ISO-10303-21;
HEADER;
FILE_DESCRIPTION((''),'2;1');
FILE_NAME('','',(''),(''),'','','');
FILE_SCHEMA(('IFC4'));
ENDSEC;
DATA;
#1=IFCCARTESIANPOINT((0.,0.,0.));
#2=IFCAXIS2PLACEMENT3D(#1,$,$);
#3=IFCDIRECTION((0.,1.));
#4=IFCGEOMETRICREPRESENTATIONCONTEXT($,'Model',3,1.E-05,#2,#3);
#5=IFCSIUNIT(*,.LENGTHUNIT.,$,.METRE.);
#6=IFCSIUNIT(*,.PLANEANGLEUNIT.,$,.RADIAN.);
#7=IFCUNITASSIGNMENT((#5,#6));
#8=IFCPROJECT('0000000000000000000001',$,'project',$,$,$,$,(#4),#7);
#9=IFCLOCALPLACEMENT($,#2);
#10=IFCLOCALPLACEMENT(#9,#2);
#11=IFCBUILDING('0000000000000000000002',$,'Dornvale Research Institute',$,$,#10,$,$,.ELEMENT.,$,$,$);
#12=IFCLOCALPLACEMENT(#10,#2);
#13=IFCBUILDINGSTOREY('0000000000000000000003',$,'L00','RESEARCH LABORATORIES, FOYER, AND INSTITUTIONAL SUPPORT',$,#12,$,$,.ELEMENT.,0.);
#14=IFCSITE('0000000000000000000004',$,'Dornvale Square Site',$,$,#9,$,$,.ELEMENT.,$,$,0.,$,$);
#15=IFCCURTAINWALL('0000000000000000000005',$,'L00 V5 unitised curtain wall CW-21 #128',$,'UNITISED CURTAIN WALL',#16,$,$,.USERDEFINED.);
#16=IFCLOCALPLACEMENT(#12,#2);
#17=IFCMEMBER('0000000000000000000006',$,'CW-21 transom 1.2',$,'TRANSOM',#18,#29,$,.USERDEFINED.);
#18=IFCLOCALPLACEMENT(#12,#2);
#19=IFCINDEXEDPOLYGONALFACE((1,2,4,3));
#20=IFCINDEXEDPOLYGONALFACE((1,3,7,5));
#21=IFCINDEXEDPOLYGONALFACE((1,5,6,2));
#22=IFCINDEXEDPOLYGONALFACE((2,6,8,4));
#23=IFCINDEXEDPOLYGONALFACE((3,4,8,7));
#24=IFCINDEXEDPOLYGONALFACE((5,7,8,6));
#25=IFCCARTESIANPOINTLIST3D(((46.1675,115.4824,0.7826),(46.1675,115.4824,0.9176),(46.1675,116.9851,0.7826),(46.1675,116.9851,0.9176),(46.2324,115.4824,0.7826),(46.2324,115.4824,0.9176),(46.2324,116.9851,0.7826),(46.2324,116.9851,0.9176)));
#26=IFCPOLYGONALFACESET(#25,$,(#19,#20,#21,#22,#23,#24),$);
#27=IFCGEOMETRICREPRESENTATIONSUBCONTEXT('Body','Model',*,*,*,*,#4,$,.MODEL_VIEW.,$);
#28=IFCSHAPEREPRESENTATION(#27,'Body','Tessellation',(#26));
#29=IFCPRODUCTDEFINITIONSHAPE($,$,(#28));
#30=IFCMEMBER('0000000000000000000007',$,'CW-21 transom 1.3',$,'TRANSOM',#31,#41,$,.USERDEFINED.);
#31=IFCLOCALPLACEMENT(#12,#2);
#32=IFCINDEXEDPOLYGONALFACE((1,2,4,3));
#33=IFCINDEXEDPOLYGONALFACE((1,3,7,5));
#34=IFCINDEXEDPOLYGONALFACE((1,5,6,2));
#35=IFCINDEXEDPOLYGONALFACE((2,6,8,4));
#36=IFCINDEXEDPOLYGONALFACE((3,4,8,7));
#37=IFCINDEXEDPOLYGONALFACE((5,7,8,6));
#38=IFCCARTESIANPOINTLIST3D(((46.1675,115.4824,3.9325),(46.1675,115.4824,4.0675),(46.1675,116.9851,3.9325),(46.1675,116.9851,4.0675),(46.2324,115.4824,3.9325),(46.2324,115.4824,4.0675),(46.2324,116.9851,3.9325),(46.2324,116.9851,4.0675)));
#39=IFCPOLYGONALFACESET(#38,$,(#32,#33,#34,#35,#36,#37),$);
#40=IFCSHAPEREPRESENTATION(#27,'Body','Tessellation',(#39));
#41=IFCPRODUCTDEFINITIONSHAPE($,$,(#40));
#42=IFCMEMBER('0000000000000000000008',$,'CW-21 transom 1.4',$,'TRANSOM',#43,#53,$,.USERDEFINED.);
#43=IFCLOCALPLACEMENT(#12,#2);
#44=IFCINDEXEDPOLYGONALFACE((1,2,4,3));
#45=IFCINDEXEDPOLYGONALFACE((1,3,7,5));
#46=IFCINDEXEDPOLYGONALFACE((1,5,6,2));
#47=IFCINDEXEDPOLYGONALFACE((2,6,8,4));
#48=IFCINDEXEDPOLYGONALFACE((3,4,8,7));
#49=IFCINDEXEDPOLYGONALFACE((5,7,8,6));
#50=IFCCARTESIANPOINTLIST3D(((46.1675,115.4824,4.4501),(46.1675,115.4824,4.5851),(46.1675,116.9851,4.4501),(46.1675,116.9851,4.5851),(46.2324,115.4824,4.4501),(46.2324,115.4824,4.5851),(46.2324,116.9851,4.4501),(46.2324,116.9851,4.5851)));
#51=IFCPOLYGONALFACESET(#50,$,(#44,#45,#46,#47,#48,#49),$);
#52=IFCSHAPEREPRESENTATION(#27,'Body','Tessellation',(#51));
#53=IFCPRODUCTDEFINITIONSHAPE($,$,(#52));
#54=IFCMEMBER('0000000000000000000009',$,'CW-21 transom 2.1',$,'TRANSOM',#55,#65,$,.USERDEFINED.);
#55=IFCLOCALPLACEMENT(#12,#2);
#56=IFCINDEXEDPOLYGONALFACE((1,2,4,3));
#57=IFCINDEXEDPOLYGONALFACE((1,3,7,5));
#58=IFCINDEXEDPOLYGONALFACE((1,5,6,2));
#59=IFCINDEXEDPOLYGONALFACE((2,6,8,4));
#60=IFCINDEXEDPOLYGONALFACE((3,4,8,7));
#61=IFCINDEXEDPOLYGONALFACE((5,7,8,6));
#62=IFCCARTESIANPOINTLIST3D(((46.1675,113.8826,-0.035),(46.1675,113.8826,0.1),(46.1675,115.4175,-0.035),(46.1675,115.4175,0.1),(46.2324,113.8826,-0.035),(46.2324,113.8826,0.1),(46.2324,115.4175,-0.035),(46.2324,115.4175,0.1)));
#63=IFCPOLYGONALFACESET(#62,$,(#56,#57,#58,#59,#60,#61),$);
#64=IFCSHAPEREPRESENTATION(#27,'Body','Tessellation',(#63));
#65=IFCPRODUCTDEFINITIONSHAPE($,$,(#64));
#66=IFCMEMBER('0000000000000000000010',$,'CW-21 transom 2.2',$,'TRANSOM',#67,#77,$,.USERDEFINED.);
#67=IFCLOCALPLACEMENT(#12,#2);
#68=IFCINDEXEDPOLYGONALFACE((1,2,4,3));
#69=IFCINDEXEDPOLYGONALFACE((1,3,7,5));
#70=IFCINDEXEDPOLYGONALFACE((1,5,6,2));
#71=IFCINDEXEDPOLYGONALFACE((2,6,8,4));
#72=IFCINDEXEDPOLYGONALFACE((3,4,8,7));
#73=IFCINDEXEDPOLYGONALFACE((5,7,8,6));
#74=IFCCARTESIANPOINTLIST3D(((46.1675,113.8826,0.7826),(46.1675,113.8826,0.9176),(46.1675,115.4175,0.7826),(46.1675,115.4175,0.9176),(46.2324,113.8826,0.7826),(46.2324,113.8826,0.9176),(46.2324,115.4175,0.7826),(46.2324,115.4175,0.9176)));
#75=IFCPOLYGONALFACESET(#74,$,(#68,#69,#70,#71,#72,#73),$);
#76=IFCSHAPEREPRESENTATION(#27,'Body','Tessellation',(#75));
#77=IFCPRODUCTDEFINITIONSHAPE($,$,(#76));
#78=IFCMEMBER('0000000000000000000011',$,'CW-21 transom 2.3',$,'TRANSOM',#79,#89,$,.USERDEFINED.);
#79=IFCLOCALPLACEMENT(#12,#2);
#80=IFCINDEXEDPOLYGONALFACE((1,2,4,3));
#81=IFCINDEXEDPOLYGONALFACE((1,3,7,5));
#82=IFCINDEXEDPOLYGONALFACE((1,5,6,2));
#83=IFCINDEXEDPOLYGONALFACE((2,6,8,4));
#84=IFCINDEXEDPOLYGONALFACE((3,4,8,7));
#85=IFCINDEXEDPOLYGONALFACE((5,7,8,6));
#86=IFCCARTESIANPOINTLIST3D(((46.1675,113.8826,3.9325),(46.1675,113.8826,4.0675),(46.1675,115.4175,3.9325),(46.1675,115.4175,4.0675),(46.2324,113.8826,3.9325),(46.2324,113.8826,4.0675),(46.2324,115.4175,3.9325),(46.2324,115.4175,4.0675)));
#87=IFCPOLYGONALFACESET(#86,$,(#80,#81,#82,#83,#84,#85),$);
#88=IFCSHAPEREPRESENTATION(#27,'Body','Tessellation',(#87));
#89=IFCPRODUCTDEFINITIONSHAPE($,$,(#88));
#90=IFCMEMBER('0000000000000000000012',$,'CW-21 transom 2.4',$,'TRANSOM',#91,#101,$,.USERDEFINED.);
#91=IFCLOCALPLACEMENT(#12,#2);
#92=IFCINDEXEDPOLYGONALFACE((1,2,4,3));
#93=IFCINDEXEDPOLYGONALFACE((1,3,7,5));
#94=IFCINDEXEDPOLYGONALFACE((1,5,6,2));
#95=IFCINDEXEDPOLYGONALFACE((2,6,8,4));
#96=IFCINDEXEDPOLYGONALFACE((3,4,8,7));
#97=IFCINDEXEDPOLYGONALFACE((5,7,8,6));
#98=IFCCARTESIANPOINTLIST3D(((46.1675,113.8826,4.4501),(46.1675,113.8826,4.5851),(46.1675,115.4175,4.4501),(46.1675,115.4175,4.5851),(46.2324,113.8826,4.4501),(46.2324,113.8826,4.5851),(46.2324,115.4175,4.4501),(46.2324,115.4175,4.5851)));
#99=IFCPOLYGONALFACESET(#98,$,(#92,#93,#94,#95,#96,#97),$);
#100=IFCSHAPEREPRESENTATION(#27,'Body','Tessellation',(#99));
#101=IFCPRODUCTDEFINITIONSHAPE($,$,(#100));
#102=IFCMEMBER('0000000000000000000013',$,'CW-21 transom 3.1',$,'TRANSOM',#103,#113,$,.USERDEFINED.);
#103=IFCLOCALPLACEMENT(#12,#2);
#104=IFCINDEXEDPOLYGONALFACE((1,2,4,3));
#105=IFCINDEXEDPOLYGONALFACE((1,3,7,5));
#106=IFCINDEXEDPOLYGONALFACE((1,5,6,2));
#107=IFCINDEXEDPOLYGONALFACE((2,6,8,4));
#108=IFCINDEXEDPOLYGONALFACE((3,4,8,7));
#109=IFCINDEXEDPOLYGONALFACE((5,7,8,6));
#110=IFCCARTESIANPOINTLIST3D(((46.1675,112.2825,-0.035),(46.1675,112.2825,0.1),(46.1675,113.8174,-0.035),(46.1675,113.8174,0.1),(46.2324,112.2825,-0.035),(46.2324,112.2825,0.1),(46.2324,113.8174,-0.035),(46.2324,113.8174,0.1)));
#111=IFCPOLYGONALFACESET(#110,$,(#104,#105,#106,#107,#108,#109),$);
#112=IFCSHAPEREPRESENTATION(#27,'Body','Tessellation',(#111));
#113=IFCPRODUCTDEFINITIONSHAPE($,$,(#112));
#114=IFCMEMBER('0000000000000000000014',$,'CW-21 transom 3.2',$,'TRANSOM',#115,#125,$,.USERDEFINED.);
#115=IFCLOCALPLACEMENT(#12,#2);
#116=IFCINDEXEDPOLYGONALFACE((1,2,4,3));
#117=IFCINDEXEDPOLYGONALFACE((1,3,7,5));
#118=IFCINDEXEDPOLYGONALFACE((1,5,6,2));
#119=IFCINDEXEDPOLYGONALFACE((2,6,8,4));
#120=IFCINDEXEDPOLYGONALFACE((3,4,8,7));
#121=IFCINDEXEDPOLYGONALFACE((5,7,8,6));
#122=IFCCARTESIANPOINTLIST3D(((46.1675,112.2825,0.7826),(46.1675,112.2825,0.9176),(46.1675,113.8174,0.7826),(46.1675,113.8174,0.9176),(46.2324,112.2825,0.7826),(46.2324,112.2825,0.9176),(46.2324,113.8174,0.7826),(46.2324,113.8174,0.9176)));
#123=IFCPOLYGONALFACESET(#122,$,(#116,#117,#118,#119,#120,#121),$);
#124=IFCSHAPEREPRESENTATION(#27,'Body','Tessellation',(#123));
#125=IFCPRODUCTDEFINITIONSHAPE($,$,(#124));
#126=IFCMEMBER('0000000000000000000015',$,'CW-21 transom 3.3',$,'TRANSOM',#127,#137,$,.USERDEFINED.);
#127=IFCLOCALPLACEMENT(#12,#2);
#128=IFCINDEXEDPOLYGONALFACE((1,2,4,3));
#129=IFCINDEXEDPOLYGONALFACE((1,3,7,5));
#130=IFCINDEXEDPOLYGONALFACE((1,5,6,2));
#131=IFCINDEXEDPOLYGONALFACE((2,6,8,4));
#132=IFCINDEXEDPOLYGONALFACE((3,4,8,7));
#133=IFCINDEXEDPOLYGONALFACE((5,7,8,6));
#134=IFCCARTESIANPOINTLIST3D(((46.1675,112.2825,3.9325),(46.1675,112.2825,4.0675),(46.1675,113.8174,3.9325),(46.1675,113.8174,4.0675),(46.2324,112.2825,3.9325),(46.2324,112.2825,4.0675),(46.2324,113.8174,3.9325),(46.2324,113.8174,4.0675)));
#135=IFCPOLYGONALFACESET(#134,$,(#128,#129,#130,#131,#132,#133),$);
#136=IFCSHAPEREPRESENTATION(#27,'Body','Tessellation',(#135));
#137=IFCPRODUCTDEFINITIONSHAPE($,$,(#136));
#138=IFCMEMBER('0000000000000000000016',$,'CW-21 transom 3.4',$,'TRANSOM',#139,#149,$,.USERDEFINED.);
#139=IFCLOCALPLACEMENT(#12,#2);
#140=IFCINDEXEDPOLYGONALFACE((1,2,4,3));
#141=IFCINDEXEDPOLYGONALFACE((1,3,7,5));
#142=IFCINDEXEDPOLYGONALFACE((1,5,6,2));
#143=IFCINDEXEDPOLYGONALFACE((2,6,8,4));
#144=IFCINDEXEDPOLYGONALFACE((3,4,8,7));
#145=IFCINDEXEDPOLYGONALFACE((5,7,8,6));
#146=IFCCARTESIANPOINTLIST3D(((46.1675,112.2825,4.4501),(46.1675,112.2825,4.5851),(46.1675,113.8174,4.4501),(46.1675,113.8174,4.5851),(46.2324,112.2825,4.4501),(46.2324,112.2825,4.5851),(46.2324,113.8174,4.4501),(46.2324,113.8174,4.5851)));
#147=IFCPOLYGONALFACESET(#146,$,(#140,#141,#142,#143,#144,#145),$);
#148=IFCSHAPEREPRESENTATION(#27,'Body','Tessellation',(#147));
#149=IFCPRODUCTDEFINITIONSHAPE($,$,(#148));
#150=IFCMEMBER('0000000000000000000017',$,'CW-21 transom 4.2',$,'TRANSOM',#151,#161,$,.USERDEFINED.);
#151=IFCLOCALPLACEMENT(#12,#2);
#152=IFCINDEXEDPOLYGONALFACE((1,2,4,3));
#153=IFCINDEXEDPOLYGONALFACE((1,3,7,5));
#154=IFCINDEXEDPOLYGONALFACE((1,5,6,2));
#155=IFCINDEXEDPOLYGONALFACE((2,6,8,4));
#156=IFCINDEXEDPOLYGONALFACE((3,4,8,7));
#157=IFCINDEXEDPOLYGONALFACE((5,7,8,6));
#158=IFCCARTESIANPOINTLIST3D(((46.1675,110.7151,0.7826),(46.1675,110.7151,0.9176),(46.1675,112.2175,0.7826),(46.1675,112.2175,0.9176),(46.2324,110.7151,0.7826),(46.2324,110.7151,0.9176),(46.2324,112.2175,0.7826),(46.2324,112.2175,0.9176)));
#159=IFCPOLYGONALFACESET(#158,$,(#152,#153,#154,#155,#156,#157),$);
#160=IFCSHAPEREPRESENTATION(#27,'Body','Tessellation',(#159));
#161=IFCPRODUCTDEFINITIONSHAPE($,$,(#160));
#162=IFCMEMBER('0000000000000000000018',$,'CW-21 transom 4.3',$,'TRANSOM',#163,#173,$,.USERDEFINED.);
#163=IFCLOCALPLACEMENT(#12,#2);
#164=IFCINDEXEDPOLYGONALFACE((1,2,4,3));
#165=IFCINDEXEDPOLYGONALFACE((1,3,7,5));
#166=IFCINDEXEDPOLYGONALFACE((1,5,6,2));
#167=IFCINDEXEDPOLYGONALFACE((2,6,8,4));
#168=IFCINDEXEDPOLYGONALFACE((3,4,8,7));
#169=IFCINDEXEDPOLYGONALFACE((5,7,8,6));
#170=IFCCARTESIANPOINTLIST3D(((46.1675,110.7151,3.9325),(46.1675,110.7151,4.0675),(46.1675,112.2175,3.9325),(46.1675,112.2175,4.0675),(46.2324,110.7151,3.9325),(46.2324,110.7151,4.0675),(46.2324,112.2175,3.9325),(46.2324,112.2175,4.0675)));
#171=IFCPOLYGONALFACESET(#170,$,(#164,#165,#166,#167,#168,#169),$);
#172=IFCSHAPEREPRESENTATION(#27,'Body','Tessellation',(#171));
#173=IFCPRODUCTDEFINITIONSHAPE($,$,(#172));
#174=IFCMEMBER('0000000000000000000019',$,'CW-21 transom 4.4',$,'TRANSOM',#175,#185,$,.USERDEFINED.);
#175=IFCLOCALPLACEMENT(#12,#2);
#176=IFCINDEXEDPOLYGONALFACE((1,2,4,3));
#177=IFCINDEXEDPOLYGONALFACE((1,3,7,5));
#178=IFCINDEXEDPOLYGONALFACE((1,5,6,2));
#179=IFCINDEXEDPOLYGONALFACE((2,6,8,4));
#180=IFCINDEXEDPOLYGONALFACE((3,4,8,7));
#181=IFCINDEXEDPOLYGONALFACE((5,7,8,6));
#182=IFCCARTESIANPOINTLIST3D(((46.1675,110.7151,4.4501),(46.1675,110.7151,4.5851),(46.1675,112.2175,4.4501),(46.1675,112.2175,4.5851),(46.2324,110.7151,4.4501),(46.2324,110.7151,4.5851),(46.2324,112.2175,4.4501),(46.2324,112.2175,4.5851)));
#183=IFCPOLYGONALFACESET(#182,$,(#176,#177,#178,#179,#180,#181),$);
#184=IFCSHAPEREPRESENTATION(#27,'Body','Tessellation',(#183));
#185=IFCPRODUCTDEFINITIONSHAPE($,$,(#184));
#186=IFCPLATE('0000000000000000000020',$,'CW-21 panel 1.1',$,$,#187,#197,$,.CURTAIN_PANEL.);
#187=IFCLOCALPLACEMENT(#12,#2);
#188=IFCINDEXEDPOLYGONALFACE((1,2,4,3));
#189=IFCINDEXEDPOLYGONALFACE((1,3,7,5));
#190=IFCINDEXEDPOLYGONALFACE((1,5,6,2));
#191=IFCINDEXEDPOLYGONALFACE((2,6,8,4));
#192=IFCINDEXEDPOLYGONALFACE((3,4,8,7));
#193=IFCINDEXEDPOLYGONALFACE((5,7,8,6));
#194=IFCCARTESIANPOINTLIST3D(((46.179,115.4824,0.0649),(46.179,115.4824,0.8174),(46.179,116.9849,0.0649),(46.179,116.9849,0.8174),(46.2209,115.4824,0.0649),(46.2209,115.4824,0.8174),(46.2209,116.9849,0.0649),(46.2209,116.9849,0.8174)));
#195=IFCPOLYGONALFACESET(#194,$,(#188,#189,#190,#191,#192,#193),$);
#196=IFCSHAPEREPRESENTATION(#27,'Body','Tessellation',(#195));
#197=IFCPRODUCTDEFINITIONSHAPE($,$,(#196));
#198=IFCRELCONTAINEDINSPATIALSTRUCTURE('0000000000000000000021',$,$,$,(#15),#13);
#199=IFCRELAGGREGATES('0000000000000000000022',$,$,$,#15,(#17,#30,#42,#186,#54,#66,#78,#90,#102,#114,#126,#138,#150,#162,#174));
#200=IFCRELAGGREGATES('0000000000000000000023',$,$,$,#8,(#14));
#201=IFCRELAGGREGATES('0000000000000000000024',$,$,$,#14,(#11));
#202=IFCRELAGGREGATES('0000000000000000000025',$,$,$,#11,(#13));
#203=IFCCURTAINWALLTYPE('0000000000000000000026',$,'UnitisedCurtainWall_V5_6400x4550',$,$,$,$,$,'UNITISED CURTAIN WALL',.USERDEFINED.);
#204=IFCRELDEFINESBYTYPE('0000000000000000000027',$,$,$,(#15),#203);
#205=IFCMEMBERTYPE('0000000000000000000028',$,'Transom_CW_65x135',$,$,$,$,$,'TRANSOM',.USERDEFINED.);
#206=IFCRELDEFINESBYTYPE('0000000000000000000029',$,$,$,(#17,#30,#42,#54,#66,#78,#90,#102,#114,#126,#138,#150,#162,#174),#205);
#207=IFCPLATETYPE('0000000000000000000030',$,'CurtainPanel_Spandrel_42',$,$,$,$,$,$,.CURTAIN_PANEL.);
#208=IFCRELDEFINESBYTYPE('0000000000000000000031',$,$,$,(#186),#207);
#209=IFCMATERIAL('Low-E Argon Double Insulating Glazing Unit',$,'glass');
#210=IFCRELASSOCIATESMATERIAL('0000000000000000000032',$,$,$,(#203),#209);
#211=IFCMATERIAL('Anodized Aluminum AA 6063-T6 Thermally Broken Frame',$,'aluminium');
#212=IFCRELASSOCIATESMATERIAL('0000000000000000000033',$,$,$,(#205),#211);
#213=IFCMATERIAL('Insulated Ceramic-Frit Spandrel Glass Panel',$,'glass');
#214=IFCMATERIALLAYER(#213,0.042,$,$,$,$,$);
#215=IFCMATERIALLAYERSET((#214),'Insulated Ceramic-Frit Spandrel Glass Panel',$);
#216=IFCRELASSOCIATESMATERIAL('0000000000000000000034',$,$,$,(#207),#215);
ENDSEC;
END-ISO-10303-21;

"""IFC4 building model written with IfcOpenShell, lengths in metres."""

from ifc_helpers import new_model, si_unit, direction, frame, origin, origin_2d, place, context, subcontext, project, spatial, rectangle, extrude, material, layer, layer_set, material_profile, profile_set, type_object, element, aggregate, save


model = new_model("IFC4")

# Units and contexts
model_context = context("Model", 3, precision=1e-05, world=origin(), true_north=direction((0.0, 1.0)))
body_context = subcontext(model_context, "Body", "Model", "MODEL_VIEW")
ifc_project = project(units=[si_unit("LENGTHUNIT", "METRE"), si_unit("PLANEANGLEUNIT", "RADIAN")], contexts=[model_context])

# Site, building, storey
site_placement = place(None, origin())
site = spatial("IfcSite", under=ifc_project, at=site_placement, Name="Dornvale Square Site", CompositionType="ELEMENT", RefElevation=0.0)
building_placement = place(site_placement, origin())
building = spatial("IfcBuilding", under=site, at=building_placement, Name="Dornvale Research Institute", CompositionType="ELEMENT")
storey_placement = place(building_placement, origin())
storey = spatial("IfcBuildingStorey", under=building, at=storey_placement, Name="L00", Description="RESEARCH LABORATORIES, FOYER, AND INSTITUTIONAL SUPPORT", CompositionType="ELEMENT", Elevation=0.0)

# Curtain wall, members, plate
ifc_material_1 = material(Name="Low-E Argon Double Insulating Glazing Unit", Category="glass")
curtain_wall_type = type_object("IfcCurtainWallType", Name="UnitisedCurtainWall_V5_6400x4550", ElementType="UNITISED CURTAIN WALL", PredefinedType="USERDEFINED", material=ifc_material_1)
curtain_wall_placement = place(storey_placement, origin())
curtain_wall = element("IfcCurtainWall", 1, at=curtain_wall_placement, inside=storey, type_object=curtain_wall_type, Name="L00 V5 unitised curtain wall CW-21 #128", ObjectType="UNITISED CURTAIN WALL", PredefinedType="USERDEFINED")
ifc_material_2 = material(Name="Anodized Aluminum AA 6063-T6 Thermally Broken Frame", Category="aluminium")
ifc_material_profile_1 = material_profile(ifc_material_2, rectangle(XDim=0.0649, YDim=0.135, at=origin_2d()), Name="ALU TRANSOM 65x135")
ifc_profile_set_1 = profile_set([ifc_material_profile_1], Name="Anodized Aluminum AA 6063-T6 Thermally Broken Frame")
member_type_1 = type_object("IfcMemberType", Name="Transom_CW_65x135", ElementType="TRANSOM", PredefinedType="USERDEFINED", material=ifc_profile_set_1)
member_1_placement = place(storey_placement, frame((46.2, 116.9851, 0.8501), z_axis=(0.0, -1.0, 0.0), x_axis=(1.0, 0.0, 0.0)))
member_1 = element("IfcMember", 2, at=member_1_placement, type_object=member_type_1, Name="CW-21 transom 1.2", ObjectType="TRANSOM", PredefinedType="USERDEFINED", context=body_context, shape_type="SweptSolid", body=[
    extrude(rectangle(XDim=0.0649, YDim=0.135, at=origin_2d()), origin(), (0.0, 0.0, 1.0), 1.5027),
])
member_2_placement = place(storey_placement, frame((46.2, 116.9851, 4.0), z_axis=(0.0, -1.0, 0.0), x_axis=(1.0, 0.0, 0.0)))
member_2 = element("IfcMember", 3, at=member_2_placement, type_object=member_type_1, Name="CW-21 transom 1.3", ObjectType="TRANSOM", PredefinedType="USERDEFINED", context=body_context, shape_type="SweptSolid", body=[
    extrude(rectangle(XDim=0.0649, YDim=0.135, at=origin_2d()), origin(), (0.0, 0.0, 1.0), 1.5027),
])
member_3_placement = place(storey_placement, frame((46.2, 116.9851, 4.5176), z_axis=(0.0, -1.0, 0.0), x_axis=(1.0, 0.0, 0.0)))
member_3 = element("IfcMember", 4, at=member_3_placement, type_object=member_type_1, Name="CW-21 transom 1.4", ObjectType="TRANSOM", PredefinedType="USERDEFINED", context=body_context, shape_type="SweptSolid", body=[
    extrude(rectangle(XDim=0.0649, YDim=0.135, at=origin_2d()), origin(), (0.0, 0.0, 1.0), 1.5027),
])
member_4_placement = place(storey_placement, frame((46.2, 115.4175, 0.0325), z_axis=(0.0, -1.0, 0.0), x_axis=(1.0, 0.0, 0.0)))
member_4 = element("IfcMember", 5, at=member_4_placement, type_object=member_type_1, Name="CW-21 transom 2.1", ObjectType="TRANSOM", PredefinedType="USERDEFINED", context=body_context, shape_type="SweptSolid", body=[
    extrude(rectangle(XDim=0.0649, YDim=0.135, at=origin_2d()), origin(), (0.0, 0.0, 1.0), 1.5349),
])
member_5_placement = place(storey_placement, frame((46.2, 115.4175, 0.8501), z_axis=(0.0, -1.0, 0.0), x_axis=(1.0, 0.0, 0.0)))
member_5 = element("IfcMember", 6, at=member_5_placement, type_object=member_type_1, Name="CW-21 transom 2.2", ObjectType="TRANSOM", PredefinedType="USERDEFINED", context=body_context, shape_type="SweptSolid", body=[
    extrude(rectangle(XDim=0.0649, YDim=0.135, at=origin_2d()), origin(), (0.0, 0.0, 1.0), 1.5349),
])
member_6_placement = place(storey_placement, frame((46.2, 115.4175, 4.0), z_axis=(0.0, -1.0, 0.0), x_axis=(1.0, 0.0, 0.0)))
member_6 = element("IfcMember", 7, at=member_6_placement, type_object=member_type_1, Name="CW-21 transom 2.3", ObjectType="TRANSOM", PredefinedType="USERDEFINED", context=body_context, shape_type="SweptSolid", body=[
    extrude(rectangle(XDim=0.0649, YDim=0.135, at=origin_2d()), origin(), (0.0, 0.0, 1.0), 1.5349),
])
member_7_placement = place(storey_placement, frame((46.2, 115.4175, 4.5176), z_axis=(0.0, -1.0, 0.0), x_axis=(1.0, 0.0, 0.0)))
member_7 = element("IfcMember", 8, at=member_7_placement, type_object=member_type_1, Name="CW-21 transom 2.4", ObjectType="TRANSOM", PredefinedType="USERDEFINED", context=body_context, shape_type="SweptSolid", body=[
    extrude(rectangle(XDim=0.0649, YDim=0.135, at=origin_2d()), origin(), (0.0, 0.0, 1.0), 1.5349),
])
member_8_placement = place(storey_placement, frame((46.2, 113.8174, 0.0325), z_axis=(0.0, -1.0, 0.0), x_axis=(1.0, 0.0, 0.0)))
member_8 = element("IfcMember", 9, at=member_8_placement, type_object=member_type_1, Name="CW-21 transom 3.1", ObjectType="TRANSOM", PredefinedType="USERDEFINED", context=body_context, shape_type="SweptSolid", body=[
    extrude(rectangle(XDim=0.0649, YDim=0.135, at=origin_2d()), origin(), (0.0, 0.0, 1.0), 1.5349),
])
member_9_placement = place(storey_placement, frame((46.2, 113.8174, 0.8501), z_axis=(0.0, -1.0, 0.0), x_axis=(1.0, 0.0, 0.0)))
member_9 = element("IfcMember", 10, at=member_9_placement, type_object=member_type_1, Name="CW-21 transom 3.2", ObjectType="TRANSOM", PredefinedType="USERDEFINED", context=body_context, shape_type="SweptSolid", body=[
    extrude(rectangle(XDim=0.0649, YDim=0.135, at=origin_2d()), origin(), (0.0, 0.0, 1.0), 1.5349),
])
member_10_placement = place(storey_placement, frame((46.2, 113.8174, 4.0), z_axis=(0.0, -1.0, 0.0), x_axis=(1.0, 0.0, 0.0)))
member_10 = element("IfcMember", 11, at=member_10_placement, type_object=member_type_1, Name="CW-21 transom 3.3", ObjectType="TRANSOM", PredefinedType="USERDEFINED", context=body_context, shape_type="SweptSolid", body=[
    extrude(rectangle(XDim=0.0649, YDim=0.135, at=origin_2d()), origin(), (0.0, 0.0, 1.0), 1.5349),
])
member_11_placement = place(storey_placement, frame((46.2, 113.8174, 4.5176), z_axis=(0.0, -1.0, 0.0), x_axis=(1.0, 0.0, 0.0)))
member_11 = element("IfcMember", 12, at=member_11_placement, type_object=member_type_1, Name="CW-21 transom 3.4", ObjectType="TRANSOM", PredefinedType="USERDEFINED", context=body_context, shape_type="SweptSolid", body=[
    extrude(rectangle(XDim=0.0649, YDim=0.135, at=origin_2d()), origin(), (0.0, 0.0, 1.0), 1.5349),
])
member_12_placement = place(storey_placement, frame((46.2, 112.2175, 0.8501), z_axis=(0.0, -1.0, 0.0), x_axis=(1.0, 0.0, 0.0)))
member_12 = element("IfcMember", 13, at=member_12_placement, type_object=member_type_1, Name="CW-21 transom 4.2", ObjectType="TRANSOM", PredefinedType="USERDEFINED", context=body_context, shape_type="SweptSolid", body=[
    extrude(rectangle(XDim=0.0649, YDim=0.135, at=origin_2d()), origin(), (0.0, 0.0, 1.0), 1.5024),
])
member_13_placement = place(storey_placement, frame((46.2, 112.2175, 4.0), z_axis=(0.0, -1.0, 0.0), x_axis=(1.0, 0.0, 0.0)))
member_13 = element("IfcMember", 14, at=member_13_placement, type_object=member_type_1, Name="CW-21 transom 4.3", ObjectType="TRANSOM", PredefinedType="USERDEFINED", context=body_context, shape_type="SweptSolid", body=[
    extrude(rectangle(XDim=0.0649, YDim=0.135, at=origin_2d()), origin(), (0.0, 0.0, 1.0), 1.5024),
])
member_14_placement = place(storey_placement, frame((46.2, 112.2175, 4.5176), z_axis=(0.0, -1.0, 0.0), x_axis=(1.0, 0.0, 0.0)))
member_14 = element("IfcMember", 15, at=member_14_placement, type_object=member_type_1, Name="CW-21 transom 4.4", ObjectType="TRANSOM", PredefinedType="USERDEFINED", context=body_context, shape_type="SweptSolid", body=[
    extrude(rectangle(XDim=0.0649, YDim=0.135, at=origin_2d()), origin(), (0.0, 0.0, 1.0), 1.5024),
])
ifc_material_3 = material(Name="Insulated Ceramic-Frit Spandrel Glass Panel", Category="glass")
ifc_layer_1 = layer(ifc_material_3, 0.042)
ifc_layer_set_1 = layer_set([ifc_layer_1], Name="Insulated Ceramic-Frit Spandrel Glass Panel")
plate_type_1 = type_object("IfcPlateType", Name="CurtainPanel_Spandrel_42", PredefinedType="CURTAIN_PANEL", material=ifc_layer_set_1)
plate_1_placement = place(storey_placement, frame((46.2, 116.2336, 0.0649), z_axis=(0.0, 0.0, 1.0), x_axis=(0.0, -1.0, 0.0)))
plate_1 = element("IfcPlate", 16, at=plate_1_placement, type_object=plate_type_1, Name="CW-21 panel 1.1", PredefinedType="CURTAIN_PANEL", context=body_context, shape_type="SweptSolid", body=[
    extrude(rectangle(XDim=1.5024, YDim=0.042, at=origin_2d()), origin(), (0.0, 0.0, 1.0), 0.7524),
])
aggregate(curtain_wall, [member_1, member_2, member_3, plate_1, member_4, member_5, member_6, member_7, member_8, member_9, member_10, member_11, member_12, member_13, member_14])

save(model, "model.ifc")
